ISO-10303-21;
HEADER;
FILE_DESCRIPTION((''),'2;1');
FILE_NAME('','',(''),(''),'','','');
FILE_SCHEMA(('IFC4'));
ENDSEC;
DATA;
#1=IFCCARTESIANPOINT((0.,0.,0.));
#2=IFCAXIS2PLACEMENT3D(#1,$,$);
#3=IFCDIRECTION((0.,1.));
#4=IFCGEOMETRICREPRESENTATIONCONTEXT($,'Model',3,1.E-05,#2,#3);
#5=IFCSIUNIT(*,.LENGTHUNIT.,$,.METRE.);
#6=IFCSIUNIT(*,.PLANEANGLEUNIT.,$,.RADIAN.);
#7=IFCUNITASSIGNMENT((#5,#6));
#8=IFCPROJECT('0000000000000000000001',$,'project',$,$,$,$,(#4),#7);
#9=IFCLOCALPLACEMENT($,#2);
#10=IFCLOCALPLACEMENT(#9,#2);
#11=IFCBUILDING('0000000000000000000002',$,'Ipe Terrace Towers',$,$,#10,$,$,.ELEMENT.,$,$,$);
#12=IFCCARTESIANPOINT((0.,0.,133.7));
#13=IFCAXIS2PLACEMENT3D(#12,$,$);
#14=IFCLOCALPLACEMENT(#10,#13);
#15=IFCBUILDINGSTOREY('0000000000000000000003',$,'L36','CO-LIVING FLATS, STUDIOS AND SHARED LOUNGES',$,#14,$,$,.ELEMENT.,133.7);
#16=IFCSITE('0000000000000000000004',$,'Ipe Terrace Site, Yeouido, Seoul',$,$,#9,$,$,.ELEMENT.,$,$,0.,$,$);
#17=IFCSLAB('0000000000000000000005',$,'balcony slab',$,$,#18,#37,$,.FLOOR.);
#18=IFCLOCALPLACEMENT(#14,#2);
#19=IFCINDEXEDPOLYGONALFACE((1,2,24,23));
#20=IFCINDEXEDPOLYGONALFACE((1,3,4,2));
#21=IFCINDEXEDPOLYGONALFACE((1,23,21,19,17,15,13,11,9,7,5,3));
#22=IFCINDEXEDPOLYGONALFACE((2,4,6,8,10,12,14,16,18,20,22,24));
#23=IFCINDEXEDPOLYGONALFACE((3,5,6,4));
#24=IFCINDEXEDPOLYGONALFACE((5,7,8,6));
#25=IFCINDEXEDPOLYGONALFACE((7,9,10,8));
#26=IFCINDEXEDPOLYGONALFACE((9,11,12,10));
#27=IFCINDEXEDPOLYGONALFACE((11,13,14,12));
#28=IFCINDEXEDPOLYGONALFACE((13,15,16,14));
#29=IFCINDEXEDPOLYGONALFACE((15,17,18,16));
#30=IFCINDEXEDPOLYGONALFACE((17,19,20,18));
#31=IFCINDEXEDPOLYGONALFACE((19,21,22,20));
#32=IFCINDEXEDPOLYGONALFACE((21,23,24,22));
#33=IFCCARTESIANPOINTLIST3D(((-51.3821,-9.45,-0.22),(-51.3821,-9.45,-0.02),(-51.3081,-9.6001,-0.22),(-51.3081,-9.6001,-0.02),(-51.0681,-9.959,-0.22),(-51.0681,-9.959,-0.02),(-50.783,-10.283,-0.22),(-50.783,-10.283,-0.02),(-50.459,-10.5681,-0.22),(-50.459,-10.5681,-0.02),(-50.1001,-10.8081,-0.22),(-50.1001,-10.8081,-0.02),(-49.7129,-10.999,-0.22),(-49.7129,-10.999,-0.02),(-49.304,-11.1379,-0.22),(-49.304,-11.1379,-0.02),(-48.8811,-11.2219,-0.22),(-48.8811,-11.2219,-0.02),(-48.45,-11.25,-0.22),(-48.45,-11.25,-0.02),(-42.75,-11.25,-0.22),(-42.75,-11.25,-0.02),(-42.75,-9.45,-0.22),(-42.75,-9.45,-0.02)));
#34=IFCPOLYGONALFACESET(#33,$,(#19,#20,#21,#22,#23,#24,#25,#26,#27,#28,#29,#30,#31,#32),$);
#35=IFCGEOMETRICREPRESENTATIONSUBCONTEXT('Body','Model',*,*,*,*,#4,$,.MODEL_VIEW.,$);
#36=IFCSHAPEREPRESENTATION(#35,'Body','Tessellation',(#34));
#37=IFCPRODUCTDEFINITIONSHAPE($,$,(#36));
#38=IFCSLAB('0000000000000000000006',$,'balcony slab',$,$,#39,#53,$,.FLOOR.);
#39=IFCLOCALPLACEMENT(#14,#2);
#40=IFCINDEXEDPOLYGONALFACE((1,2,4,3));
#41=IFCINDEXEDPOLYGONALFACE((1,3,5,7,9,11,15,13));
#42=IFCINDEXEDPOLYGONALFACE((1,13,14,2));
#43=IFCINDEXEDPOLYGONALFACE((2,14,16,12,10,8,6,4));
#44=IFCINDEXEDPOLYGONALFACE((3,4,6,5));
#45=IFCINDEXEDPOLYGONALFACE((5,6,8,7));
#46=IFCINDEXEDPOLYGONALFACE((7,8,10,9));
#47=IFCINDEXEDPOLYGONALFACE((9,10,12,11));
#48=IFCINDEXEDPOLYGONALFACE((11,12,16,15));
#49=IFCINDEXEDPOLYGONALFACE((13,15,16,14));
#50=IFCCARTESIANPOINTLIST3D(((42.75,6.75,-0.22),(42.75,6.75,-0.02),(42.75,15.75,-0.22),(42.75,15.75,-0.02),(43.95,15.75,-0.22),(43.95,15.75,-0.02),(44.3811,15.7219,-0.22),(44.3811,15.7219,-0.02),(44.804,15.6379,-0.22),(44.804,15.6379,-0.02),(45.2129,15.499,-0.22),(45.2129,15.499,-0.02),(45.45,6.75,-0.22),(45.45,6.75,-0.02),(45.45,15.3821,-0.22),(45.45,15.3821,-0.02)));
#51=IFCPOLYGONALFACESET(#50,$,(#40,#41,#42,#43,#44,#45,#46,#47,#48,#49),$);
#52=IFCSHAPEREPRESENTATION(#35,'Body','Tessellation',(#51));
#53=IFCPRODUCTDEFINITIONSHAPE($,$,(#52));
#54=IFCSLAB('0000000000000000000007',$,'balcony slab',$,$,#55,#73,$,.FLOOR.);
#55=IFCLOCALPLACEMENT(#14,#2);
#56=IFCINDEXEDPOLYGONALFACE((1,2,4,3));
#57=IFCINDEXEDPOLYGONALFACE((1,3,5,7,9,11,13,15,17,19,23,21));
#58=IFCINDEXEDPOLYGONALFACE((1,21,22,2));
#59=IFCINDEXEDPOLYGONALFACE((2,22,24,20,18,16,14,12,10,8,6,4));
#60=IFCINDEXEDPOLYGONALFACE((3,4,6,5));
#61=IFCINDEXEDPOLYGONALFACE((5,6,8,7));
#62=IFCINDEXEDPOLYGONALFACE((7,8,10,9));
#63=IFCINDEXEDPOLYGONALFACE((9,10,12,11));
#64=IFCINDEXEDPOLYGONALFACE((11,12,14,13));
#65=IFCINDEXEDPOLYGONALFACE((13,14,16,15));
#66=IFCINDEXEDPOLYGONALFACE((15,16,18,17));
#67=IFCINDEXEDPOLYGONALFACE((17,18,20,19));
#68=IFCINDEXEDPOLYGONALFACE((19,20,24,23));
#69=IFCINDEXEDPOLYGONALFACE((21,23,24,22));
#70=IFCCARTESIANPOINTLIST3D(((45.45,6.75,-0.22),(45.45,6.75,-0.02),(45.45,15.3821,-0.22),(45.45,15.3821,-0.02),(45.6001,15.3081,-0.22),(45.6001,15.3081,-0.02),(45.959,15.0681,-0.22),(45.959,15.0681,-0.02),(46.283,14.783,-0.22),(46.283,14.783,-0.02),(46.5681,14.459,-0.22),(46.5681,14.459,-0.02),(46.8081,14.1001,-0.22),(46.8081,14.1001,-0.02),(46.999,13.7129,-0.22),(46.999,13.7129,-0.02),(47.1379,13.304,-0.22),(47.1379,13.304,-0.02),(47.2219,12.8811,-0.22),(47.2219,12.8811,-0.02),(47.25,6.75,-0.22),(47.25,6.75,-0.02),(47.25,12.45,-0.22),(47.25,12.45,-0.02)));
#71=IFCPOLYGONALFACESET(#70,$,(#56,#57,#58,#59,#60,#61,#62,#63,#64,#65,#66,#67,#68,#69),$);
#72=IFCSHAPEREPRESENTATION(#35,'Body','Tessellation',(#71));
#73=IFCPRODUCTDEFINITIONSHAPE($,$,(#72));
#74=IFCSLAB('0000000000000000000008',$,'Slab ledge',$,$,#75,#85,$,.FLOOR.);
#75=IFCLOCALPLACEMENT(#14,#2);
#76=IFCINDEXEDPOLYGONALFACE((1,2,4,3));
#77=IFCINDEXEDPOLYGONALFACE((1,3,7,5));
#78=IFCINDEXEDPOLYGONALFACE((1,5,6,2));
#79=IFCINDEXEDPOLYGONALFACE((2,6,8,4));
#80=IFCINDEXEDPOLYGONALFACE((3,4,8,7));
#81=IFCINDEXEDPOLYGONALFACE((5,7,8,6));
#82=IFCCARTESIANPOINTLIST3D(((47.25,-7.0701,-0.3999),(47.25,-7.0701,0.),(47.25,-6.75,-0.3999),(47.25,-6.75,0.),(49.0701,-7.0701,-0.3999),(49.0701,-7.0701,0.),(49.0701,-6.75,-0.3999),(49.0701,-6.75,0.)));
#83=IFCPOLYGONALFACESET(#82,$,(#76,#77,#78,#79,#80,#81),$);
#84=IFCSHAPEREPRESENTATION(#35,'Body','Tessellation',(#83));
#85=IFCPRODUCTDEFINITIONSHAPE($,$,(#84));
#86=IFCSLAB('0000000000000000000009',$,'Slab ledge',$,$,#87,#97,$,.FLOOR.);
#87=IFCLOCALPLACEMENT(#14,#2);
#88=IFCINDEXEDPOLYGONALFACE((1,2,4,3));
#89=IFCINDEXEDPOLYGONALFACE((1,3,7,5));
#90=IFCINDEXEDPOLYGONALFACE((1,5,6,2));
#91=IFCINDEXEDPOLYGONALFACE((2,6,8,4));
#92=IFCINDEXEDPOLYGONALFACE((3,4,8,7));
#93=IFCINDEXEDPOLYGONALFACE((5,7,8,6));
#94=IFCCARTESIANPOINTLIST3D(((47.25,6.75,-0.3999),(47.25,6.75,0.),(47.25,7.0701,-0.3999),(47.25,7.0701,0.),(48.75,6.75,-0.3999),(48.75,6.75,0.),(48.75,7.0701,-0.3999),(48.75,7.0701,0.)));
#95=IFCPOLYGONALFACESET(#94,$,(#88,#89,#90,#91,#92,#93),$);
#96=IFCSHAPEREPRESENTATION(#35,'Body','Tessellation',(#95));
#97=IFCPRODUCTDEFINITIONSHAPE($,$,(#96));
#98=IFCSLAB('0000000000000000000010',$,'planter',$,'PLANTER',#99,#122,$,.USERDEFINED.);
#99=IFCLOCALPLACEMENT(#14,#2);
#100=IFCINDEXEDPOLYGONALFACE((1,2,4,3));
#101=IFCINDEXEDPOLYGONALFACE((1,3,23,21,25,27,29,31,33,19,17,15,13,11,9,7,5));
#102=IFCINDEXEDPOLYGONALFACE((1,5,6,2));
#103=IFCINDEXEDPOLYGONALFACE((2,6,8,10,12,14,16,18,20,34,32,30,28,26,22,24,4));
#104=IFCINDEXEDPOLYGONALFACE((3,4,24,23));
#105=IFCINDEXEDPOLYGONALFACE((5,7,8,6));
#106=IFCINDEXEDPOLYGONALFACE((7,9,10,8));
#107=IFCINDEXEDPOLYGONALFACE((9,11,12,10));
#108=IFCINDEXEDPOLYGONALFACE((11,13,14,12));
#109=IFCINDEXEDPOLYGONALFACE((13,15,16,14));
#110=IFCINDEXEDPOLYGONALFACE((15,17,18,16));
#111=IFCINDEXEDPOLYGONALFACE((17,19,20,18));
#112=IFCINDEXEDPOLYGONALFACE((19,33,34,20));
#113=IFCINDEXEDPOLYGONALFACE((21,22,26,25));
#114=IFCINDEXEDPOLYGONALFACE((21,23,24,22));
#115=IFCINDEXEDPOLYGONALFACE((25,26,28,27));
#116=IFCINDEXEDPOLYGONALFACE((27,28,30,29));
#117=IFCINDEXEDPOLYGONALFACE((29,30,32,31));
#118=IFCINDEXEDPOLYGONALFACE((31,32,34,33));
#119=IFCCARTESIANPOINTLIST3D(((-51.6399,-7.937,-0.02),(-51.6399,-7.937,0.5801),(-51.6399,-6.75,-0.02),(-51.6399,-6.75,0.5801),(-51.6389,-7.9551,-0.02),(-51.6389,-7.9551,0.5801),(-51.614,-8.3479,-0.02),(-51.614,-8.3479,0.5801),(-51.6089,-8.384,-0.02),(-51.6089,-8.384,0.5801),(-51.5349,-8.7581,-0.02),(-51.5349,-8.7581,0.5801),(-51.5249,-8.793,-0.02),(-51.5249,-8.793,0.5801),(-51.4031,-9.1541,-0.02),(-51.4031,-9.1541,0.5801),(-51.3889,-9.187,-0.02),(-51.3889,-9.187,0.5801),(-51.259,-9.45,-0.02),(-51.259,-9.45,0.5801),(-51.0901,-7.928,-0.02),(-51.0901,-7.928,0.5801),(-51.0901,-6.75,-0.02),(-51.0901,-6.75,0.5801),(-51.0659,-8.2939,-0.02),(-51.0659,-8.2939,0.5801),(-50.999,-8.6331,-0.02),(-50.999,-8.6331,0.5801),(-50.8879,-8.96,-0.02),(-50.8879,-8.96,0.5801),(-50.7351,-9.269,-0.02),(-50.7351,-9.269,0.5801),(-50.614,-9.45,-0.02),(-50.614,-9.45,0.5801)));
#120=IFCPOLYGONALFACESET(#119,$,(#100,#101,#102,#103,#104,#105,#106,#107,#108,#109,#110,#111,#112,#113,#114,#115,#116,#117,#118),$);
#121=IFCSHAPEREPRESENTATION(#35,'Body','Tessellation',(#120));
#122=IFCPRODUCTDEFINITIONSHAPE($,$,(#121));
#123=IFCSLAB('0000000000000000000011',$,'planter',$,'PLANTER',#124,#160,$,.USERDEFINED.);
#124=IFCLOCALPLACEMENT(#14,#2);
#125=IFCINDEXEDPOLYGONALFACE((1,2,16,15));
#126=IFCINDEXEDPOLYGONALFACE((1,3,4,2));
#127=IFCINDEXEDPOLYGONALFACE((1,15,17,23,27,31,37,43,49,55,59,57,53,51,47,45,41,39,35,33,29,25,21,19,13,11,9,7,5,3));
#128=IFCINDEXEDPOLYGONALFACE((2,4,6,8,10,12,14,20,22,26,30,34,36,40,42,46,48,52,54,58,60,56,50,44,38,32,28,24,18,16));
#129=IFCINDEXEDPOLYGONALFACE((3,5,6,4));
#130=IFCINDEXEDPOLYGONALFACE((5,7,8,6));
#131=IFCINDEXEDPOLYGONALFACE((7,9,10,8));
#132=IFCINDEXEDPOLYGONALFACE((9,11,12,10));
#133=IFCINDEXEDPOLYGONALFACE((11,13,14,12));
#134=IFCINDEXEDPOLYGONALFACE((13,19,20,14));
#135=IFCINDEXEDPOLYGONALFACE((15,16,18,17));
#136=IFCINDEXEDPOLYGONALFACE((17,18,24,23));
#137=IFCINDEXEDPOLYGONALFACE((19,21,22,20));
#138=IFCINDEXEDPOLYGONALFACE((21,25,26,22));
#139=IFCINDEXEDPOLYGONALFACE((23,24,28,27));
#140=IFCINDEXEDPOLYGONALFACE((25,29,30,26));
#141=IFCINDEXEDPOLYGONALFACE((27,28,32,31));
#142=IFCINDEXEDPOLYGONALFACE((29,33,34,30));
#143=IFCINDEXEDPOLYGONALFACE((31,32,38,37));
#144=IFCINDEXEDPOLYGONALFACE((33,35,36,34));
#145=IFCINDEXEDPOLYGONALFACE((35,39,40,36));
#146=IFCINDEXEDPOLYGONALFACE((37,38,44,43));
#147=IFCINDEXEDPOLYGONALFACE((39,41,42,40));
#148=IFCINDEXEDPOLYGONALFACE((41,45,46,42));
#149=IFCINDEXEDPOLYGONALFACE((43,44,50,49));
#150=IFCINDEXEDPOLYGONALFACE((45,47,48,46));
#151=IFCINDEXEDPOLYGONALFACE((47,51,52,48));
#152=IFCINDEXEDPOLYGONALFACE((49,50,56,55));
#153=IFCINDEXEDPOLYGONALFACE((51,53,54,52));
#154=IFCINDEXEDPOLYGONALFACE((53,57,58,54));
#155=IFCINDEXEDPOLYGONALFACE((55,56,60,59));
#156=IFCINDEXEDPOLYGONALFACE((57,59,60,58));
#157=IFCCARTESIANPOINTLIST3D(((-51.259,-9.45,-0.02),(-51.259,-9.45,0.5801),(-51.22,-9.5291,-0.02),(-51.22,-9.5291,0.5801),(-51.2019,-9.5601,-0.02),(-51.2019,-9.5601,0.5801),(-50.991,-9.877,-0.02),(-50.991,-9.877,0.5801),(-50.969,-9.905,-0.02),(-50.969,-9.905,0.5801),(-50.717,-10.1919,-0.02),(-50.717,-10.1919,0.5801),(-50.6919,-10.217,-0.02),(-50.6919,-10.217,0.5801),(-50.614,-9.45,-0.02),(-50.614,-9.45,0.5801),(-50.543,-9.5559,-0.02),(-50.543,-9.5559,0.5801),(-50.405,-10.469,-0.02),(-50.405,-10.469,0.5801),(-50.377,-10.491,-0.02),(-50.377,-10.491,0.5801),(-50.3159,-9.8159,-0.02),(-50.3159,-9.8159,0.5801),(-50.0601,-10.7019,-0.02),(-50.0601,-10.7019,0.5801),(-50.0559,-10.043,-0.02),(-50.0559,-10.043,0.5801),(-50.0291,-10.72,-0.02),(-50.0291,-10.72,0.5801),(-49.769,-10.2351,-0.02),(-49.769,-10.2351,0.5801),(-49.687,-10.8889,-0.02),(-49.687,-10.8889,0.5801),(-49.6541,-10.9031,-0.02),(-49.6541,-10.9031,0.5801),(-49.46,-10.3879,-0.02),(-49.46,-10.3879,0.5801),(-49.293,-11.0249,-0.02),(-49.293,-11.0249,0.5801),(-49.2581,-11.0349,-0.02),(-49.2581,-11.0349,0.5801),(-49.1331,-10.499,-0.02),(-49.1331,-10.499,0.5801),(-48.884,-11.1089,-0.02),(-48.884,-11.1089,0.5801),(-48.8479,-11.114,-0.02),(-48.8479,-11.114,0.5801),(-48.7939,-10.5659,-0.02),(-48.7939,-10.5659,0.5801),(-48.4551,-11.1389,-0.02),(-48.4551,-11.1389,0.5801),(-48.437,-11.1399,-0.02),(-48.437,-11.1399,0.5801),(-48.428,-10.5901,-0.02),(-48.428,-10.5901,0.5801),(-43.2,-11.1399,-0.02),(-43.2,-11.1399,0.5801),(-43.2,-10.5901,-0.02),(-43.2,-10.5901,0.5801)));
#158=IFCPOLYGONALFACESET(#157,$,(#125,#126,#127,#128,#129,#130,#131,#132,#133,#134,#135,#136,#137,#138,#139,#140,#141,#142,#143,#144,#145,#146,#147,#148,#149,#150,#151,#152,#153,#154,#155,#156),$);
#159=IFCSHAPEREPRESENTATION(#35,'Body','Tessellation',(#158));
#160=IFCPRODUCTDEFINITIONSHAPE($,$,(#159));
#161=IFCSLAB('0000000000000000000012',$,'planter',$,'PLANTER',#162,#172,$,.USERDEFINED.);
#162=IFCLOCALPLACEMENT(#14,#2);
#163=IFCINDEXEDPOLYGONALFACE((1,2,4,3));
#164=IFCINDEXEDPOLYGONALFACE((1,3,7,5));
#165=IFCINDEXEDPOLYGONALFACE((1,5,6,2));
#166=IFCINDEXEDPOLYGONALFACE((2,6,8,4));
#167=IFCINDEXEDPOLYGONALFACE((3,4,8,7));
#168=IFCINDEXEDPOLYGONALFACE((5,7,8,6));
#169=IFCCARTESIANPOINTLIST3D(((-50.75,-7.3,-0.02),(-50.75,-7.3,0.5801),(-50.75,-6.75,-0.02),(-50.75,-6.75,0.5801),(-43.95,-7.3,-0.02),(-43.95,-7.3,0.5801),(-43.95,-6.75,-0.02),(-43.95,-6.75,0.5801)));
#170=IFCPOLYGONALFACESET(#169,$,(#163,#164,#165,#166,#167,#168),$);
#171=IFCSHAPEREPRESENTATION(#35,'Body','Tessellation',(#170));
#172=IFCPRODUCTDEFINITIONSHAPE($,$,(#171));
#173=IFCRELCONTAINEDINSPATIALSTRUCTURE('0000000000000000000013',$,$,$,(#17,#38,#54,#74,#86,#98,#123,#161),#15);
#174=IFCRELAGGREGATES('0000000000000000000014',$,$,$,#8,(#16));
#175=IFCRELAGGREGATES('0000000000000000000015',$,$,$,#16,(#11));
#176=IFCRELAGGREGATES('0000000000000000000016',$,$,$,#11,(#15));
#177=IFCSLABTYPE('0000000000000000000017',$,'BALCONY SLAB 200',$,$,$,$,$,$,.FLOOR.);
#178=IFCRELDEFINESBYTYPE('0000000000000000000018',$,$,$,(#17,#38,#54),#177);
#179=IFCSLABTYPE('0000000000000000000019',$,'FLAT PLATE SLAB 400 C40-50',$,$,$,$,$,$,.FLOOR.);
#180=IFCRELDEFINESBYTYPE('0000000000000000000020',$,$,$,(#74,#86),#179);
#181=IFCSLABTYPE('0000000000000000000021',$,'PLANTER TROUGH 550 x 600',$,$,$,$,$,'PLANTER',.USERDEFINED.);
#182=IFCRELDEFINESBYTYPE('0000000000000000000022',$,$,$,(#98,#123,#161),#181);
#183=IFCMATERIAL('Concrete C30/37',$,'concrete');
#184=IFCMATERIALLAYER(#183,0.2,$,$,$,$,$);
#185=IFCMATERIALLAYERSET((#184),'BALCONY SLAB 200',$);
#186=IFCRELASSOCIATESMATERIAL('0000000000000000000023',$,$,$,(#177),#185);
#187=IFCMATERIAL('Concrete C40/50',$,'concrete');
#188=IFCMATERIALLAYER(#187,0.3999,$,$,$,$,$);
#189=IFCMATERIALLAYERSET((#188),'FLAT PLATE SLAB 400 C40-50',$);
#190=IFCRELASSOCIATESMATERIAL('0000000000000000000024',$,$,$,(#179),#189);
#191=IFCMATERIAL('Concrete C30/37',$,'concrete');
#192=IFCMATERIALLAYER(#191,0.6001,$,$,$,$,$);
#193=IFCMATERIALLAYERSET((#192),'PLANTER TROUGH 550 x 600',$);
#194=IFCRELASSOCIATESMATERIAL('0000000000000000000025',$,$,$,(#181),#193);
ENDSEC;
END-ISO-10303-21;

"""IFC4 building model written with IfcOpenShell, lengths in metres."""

from ifc_helpers import new_model, si_unit, direction, frame, origin, place, context, subcontext, project, spatial, polyline, outline, extrude, material, layer, layer_set, type_object, element, save


model = new_model("IFC4")

# Units and contexts
model_context = context("Model", 3, precision=1e-05, world=origin(), true_north=direction((0.0, 1.0)))
body_context = subcontext(model_context, "Body", "Model", "MODEL_VIEW")
ifc_project = project(units=[si_unit("LENGTHUNIT", "METRE"), si_unit("PLANEANGLEUNIT", "RADIAN")], contexts=[model_context])

# Site, building, storey
site_placement = place(None, origin())
site = spatial("IfcSite", under=ifc_project, at=site_placement, Name="Ipe Terrace Site, Yeouido, Seoul", CompositionType="ELEMENT", RefElevation=0.0)
building_placement = place(site_placement, origin())
building = spatial("IfcBuilding", under=site, at=building_placement, Name="Ipe Terrace Towers", CompositionType="ELEMENT")
storey_placement = place(building_placement, frame((0.0, 0.0, 133.7)))
storey = spatial("IfcBuildingStorey", under=building, at=storey_placement, Name="L36", Description="CO-LIVING FLATS, STUDIOS AND SHARED LOUNGES", CompositionType="ELEMENT", Elevation=133.7)

# Slabs
ifc_material_1 = material(Name="Concrete C30/37", Category="concrete")
ifc_layer_1 = layer(ifc_material_1, 0.2)
ifc_layer_set_1 = layer_set([ifc_layer_1], Name="BALCONY SLAB 200")
slab_type_1 = type_object("IfcSlabType", Name="BALCONY SLAB 200", PredefinedType="FLOOR", material=ifc_layer_set_1)
slab_1_placement = place(storey_placement, frame((0.0, 0.0, -0.22)))
element("IfcSlab", 1, at=slab_1_placement, inside=storey, type_object=slab_type_1, Name="balcony slab", PredefinedType="FLOOR", context=body_context, shape_type="SweptSolid", body=[
    extrude(outline(polyline([(-42.75, -11.25), (-42.75, -9.45), (-51.3821, -9.45), (-51.3081, -9.6001), (-51.0681, -9.959), (-50.783, -10.283), (-50.459, -10.5681), (-50.1001, -10.8081), (-49.7129, -10.999), (-49.304, -11.1379), (-48.8811, -11.2219), (-48.45, -11.25), (-42.75, -11.25)])), origin(), (0.0, 0.0, 1.0), 0.2),
])
slab_2_placement = place(storey_placement, frame((0.0, 0.0, -0.22)))
element("IfcSlab", 2, at=slab_2_placement, inside=storey, type_object=slab_type_1, Name="balcony slab", PredefinedType="FLOOR", context=body_context, shape_type="SweptSolid", body=[
    extrude(outline(polyline([(45.2129, 15.499), (44.804, 15.6379), (44.3811, 15.7219), (43.95, 15.75), (42.75, 15.75), (42.75, 6.75), (45.45, 6.75), (45.45, 15.3821), (45.2129, 15.499)])), origin(), (0.0, 0.0, 1.0), 0.2),
])
slab_3_placement = place(storey_placement, frame((0.0, 0.0, -0.22)))
element("IfcSlab", 3, at=slab_3_placement, inside=storey, type_object=slab_type_1, Name="balcony slab", PredefinedType="FLOOR", context=body_context, shape_type="SweptSolid", body=[
    extrude(outline(polyline([(47.25, 6.75), (47.25, 12.45), (47.2219, 12.8811), (47.1379, 13.304), (46.999, 13.7129), (46.8081, 14.1001), (46.5681, 14.459), (46.283, 14.783), (45.959, 15.0681), (45.6001, 15.3081), (45.45, 15.3821), (45.45, 6.75), (47.25, 6.75)])), origin(), (0.0, 0.0, 1.0), 0.2),
])
ifc_material_2 = material(Name="Concrete C40/50", Category="concrete")
ifc_layer_2 = layer(ifc_material_2, 0.3999)
ifc_layer_set_2 = layer_set([ifc_layer_2], Name="FLAT PLATE SLAB 400 C40-50")
slab_type_2 = type_object("IfcSlabType", Name="FLAT PLATE SLAB 400 C40-50", PredefinedType="FLOOR", material=ifc_layer_set_2)
slab_4_placement = place(storey_placement, frame((0.0, 0.0, -0.3999)))
element("IfcSlab", 4, at=slab_4_placement, inside=storey, type_object=slab_type_2, Name="Slab ledge", PredefinedType="FLOOR", context=body_context, shape_type="SweptSolid", body=[
    extrude(outline(polyline([(47.25, -6.75), (49.0701, -6.75), (49.0701, -7.0701), (47.25, -7.0701), (47.25, -6.75)])), origin(), (0.0, 0.0, 1.0), 0.3999),
])
slab_5_placement = place(storey_placement, frame((0.0, 0.0, -0.3999)))
element("IfcSlab", 5, at=slab_5_placement, inside=storey, type_object=slab_type_2, Name="Slab ledge", PredefinedType="FLOOR", context=body_context, shape_type="SweptSolid", body=[
    extrude(outline(polyline([(48.75, 6.75), (47.25, 6.75), (47.25, 7.0701), (48.75, 7.0701), (48.75, 6.75)])), origin(), (0.0, 0.0, 1.0), 0.3999),
])
ifc_material_3 = material(Name="Concrete C30/37", Category="concrete")
ifc_layer_3 = layer(ifc_material_3, 0.6001)
ifc_layer_set_3 = layer_set([ifc_layer_3], Name="PLANTER TROUGH 550 x 600")
slab_type_3 = type_object("IfcSlabType", Name="PLANTER TROUGH 550 x 600", ElementType="PLANTER", PredefinedType="USERDEFINED", material=ifc_layer_set_3)
slab_6_placement = place(storey_placement, frame((0.0, 0.0, -0.02)))
element("IfcSlab", 6, at=slab_6_placement, inside=storey, type_object=slab_type_3, Name="planter", ObjectType="PLANTER", PredefinedType="USERDEFINED", context=body_context, shape_type="SweptSolid", body=[
    extrude(outline(polyline([(-50.999, -8.6331), (-51.0659, -8.2939), (-51.0901, -7.928), (-51.0901, -6.75), (-51.6399, -6.75), (-51.6399, -7.937), (-51.6389, -7.9551), (-51.614, -8.3479), (-51.6089, -8.384), (-51.5349, -8.7581), (-51.5249, -8.793), (-51.4031, -9.1541), (-51.3889, -9.187), (-51.259, -9.45), (-50.614, -9.45), (-50.7351, -9.269), (-50.8879, -8.96), (-50.999, -8.6331)])), origin(), (0.0, 0.0, 1.0), 0.6001),
])
slab_7_placement = place(storey_placement, frame((0.0, 0.0, -0.02)))
element("IfcSlab", 7, at=slab_7_placement, inside=storey, type_object=slab_type_3, Name="planter", ObjectType="PLANTER", PredefinedType="USERDEFINED", context=body_context, shape_type="SweptSolid", body=[
    extrude(outline(polyline([(-50.543, -9.5559), (-50.614, -9.45), (-51.259, -9.45), (-51.22, -9.5291), (-51.2019, -9.5601), (-50.991, -9.877), (-50.969, -9.905), (-50.717, -10.1919), (-50.6919, -10.217), (-50.405, -10.469), (-50.377, -10.491), (-50.0601, -10.7019), (-50.0291, -10.72), (-49.687, -10.8889), (-49.6541, -10.9031), (-49.293, -11.0249), (-49.2581, -11.0349), (-48.884, -11.1089), (-48.8479, -11.114), (-48.4551, -11.1389), (-48.437, -11.1399), (-43.2, -11.1399), (-43.2, -10.5901), (-48.428, -10.5901), (-48.7939, -10.5659), (-49.1331, -10.499), (-49.46, -10.3879), (-49.769, -10.2351), (-50.0559, -10.043), (-50.3159, -9.8159), (-50.543, -9.5559)])), origin(), (0.0, 0.0, 1.0), 0.6001),
])
slab_8_placement = place(storey_placement, frame((0.0, 0.0, -0.02)))
element("IfcSlab", 8, at=slab_8_placement, inside=storey, type_object=slab_type_3, Name="planter", ObjectType="PLANTER", PredefinedType="USERDEFINED", context=body_context, shape_type="SweptSolid", body=[
    extrude(outline(polyline([(-43.95, -6.75), (-50.75, -6.75), (-50.75, -7.3), (-43.95, -7.3), (-43.95, -6.75)])), origin(), (0.0, 0.0, 1.0), 0.6001),
])

save(model, "model.ifc")
